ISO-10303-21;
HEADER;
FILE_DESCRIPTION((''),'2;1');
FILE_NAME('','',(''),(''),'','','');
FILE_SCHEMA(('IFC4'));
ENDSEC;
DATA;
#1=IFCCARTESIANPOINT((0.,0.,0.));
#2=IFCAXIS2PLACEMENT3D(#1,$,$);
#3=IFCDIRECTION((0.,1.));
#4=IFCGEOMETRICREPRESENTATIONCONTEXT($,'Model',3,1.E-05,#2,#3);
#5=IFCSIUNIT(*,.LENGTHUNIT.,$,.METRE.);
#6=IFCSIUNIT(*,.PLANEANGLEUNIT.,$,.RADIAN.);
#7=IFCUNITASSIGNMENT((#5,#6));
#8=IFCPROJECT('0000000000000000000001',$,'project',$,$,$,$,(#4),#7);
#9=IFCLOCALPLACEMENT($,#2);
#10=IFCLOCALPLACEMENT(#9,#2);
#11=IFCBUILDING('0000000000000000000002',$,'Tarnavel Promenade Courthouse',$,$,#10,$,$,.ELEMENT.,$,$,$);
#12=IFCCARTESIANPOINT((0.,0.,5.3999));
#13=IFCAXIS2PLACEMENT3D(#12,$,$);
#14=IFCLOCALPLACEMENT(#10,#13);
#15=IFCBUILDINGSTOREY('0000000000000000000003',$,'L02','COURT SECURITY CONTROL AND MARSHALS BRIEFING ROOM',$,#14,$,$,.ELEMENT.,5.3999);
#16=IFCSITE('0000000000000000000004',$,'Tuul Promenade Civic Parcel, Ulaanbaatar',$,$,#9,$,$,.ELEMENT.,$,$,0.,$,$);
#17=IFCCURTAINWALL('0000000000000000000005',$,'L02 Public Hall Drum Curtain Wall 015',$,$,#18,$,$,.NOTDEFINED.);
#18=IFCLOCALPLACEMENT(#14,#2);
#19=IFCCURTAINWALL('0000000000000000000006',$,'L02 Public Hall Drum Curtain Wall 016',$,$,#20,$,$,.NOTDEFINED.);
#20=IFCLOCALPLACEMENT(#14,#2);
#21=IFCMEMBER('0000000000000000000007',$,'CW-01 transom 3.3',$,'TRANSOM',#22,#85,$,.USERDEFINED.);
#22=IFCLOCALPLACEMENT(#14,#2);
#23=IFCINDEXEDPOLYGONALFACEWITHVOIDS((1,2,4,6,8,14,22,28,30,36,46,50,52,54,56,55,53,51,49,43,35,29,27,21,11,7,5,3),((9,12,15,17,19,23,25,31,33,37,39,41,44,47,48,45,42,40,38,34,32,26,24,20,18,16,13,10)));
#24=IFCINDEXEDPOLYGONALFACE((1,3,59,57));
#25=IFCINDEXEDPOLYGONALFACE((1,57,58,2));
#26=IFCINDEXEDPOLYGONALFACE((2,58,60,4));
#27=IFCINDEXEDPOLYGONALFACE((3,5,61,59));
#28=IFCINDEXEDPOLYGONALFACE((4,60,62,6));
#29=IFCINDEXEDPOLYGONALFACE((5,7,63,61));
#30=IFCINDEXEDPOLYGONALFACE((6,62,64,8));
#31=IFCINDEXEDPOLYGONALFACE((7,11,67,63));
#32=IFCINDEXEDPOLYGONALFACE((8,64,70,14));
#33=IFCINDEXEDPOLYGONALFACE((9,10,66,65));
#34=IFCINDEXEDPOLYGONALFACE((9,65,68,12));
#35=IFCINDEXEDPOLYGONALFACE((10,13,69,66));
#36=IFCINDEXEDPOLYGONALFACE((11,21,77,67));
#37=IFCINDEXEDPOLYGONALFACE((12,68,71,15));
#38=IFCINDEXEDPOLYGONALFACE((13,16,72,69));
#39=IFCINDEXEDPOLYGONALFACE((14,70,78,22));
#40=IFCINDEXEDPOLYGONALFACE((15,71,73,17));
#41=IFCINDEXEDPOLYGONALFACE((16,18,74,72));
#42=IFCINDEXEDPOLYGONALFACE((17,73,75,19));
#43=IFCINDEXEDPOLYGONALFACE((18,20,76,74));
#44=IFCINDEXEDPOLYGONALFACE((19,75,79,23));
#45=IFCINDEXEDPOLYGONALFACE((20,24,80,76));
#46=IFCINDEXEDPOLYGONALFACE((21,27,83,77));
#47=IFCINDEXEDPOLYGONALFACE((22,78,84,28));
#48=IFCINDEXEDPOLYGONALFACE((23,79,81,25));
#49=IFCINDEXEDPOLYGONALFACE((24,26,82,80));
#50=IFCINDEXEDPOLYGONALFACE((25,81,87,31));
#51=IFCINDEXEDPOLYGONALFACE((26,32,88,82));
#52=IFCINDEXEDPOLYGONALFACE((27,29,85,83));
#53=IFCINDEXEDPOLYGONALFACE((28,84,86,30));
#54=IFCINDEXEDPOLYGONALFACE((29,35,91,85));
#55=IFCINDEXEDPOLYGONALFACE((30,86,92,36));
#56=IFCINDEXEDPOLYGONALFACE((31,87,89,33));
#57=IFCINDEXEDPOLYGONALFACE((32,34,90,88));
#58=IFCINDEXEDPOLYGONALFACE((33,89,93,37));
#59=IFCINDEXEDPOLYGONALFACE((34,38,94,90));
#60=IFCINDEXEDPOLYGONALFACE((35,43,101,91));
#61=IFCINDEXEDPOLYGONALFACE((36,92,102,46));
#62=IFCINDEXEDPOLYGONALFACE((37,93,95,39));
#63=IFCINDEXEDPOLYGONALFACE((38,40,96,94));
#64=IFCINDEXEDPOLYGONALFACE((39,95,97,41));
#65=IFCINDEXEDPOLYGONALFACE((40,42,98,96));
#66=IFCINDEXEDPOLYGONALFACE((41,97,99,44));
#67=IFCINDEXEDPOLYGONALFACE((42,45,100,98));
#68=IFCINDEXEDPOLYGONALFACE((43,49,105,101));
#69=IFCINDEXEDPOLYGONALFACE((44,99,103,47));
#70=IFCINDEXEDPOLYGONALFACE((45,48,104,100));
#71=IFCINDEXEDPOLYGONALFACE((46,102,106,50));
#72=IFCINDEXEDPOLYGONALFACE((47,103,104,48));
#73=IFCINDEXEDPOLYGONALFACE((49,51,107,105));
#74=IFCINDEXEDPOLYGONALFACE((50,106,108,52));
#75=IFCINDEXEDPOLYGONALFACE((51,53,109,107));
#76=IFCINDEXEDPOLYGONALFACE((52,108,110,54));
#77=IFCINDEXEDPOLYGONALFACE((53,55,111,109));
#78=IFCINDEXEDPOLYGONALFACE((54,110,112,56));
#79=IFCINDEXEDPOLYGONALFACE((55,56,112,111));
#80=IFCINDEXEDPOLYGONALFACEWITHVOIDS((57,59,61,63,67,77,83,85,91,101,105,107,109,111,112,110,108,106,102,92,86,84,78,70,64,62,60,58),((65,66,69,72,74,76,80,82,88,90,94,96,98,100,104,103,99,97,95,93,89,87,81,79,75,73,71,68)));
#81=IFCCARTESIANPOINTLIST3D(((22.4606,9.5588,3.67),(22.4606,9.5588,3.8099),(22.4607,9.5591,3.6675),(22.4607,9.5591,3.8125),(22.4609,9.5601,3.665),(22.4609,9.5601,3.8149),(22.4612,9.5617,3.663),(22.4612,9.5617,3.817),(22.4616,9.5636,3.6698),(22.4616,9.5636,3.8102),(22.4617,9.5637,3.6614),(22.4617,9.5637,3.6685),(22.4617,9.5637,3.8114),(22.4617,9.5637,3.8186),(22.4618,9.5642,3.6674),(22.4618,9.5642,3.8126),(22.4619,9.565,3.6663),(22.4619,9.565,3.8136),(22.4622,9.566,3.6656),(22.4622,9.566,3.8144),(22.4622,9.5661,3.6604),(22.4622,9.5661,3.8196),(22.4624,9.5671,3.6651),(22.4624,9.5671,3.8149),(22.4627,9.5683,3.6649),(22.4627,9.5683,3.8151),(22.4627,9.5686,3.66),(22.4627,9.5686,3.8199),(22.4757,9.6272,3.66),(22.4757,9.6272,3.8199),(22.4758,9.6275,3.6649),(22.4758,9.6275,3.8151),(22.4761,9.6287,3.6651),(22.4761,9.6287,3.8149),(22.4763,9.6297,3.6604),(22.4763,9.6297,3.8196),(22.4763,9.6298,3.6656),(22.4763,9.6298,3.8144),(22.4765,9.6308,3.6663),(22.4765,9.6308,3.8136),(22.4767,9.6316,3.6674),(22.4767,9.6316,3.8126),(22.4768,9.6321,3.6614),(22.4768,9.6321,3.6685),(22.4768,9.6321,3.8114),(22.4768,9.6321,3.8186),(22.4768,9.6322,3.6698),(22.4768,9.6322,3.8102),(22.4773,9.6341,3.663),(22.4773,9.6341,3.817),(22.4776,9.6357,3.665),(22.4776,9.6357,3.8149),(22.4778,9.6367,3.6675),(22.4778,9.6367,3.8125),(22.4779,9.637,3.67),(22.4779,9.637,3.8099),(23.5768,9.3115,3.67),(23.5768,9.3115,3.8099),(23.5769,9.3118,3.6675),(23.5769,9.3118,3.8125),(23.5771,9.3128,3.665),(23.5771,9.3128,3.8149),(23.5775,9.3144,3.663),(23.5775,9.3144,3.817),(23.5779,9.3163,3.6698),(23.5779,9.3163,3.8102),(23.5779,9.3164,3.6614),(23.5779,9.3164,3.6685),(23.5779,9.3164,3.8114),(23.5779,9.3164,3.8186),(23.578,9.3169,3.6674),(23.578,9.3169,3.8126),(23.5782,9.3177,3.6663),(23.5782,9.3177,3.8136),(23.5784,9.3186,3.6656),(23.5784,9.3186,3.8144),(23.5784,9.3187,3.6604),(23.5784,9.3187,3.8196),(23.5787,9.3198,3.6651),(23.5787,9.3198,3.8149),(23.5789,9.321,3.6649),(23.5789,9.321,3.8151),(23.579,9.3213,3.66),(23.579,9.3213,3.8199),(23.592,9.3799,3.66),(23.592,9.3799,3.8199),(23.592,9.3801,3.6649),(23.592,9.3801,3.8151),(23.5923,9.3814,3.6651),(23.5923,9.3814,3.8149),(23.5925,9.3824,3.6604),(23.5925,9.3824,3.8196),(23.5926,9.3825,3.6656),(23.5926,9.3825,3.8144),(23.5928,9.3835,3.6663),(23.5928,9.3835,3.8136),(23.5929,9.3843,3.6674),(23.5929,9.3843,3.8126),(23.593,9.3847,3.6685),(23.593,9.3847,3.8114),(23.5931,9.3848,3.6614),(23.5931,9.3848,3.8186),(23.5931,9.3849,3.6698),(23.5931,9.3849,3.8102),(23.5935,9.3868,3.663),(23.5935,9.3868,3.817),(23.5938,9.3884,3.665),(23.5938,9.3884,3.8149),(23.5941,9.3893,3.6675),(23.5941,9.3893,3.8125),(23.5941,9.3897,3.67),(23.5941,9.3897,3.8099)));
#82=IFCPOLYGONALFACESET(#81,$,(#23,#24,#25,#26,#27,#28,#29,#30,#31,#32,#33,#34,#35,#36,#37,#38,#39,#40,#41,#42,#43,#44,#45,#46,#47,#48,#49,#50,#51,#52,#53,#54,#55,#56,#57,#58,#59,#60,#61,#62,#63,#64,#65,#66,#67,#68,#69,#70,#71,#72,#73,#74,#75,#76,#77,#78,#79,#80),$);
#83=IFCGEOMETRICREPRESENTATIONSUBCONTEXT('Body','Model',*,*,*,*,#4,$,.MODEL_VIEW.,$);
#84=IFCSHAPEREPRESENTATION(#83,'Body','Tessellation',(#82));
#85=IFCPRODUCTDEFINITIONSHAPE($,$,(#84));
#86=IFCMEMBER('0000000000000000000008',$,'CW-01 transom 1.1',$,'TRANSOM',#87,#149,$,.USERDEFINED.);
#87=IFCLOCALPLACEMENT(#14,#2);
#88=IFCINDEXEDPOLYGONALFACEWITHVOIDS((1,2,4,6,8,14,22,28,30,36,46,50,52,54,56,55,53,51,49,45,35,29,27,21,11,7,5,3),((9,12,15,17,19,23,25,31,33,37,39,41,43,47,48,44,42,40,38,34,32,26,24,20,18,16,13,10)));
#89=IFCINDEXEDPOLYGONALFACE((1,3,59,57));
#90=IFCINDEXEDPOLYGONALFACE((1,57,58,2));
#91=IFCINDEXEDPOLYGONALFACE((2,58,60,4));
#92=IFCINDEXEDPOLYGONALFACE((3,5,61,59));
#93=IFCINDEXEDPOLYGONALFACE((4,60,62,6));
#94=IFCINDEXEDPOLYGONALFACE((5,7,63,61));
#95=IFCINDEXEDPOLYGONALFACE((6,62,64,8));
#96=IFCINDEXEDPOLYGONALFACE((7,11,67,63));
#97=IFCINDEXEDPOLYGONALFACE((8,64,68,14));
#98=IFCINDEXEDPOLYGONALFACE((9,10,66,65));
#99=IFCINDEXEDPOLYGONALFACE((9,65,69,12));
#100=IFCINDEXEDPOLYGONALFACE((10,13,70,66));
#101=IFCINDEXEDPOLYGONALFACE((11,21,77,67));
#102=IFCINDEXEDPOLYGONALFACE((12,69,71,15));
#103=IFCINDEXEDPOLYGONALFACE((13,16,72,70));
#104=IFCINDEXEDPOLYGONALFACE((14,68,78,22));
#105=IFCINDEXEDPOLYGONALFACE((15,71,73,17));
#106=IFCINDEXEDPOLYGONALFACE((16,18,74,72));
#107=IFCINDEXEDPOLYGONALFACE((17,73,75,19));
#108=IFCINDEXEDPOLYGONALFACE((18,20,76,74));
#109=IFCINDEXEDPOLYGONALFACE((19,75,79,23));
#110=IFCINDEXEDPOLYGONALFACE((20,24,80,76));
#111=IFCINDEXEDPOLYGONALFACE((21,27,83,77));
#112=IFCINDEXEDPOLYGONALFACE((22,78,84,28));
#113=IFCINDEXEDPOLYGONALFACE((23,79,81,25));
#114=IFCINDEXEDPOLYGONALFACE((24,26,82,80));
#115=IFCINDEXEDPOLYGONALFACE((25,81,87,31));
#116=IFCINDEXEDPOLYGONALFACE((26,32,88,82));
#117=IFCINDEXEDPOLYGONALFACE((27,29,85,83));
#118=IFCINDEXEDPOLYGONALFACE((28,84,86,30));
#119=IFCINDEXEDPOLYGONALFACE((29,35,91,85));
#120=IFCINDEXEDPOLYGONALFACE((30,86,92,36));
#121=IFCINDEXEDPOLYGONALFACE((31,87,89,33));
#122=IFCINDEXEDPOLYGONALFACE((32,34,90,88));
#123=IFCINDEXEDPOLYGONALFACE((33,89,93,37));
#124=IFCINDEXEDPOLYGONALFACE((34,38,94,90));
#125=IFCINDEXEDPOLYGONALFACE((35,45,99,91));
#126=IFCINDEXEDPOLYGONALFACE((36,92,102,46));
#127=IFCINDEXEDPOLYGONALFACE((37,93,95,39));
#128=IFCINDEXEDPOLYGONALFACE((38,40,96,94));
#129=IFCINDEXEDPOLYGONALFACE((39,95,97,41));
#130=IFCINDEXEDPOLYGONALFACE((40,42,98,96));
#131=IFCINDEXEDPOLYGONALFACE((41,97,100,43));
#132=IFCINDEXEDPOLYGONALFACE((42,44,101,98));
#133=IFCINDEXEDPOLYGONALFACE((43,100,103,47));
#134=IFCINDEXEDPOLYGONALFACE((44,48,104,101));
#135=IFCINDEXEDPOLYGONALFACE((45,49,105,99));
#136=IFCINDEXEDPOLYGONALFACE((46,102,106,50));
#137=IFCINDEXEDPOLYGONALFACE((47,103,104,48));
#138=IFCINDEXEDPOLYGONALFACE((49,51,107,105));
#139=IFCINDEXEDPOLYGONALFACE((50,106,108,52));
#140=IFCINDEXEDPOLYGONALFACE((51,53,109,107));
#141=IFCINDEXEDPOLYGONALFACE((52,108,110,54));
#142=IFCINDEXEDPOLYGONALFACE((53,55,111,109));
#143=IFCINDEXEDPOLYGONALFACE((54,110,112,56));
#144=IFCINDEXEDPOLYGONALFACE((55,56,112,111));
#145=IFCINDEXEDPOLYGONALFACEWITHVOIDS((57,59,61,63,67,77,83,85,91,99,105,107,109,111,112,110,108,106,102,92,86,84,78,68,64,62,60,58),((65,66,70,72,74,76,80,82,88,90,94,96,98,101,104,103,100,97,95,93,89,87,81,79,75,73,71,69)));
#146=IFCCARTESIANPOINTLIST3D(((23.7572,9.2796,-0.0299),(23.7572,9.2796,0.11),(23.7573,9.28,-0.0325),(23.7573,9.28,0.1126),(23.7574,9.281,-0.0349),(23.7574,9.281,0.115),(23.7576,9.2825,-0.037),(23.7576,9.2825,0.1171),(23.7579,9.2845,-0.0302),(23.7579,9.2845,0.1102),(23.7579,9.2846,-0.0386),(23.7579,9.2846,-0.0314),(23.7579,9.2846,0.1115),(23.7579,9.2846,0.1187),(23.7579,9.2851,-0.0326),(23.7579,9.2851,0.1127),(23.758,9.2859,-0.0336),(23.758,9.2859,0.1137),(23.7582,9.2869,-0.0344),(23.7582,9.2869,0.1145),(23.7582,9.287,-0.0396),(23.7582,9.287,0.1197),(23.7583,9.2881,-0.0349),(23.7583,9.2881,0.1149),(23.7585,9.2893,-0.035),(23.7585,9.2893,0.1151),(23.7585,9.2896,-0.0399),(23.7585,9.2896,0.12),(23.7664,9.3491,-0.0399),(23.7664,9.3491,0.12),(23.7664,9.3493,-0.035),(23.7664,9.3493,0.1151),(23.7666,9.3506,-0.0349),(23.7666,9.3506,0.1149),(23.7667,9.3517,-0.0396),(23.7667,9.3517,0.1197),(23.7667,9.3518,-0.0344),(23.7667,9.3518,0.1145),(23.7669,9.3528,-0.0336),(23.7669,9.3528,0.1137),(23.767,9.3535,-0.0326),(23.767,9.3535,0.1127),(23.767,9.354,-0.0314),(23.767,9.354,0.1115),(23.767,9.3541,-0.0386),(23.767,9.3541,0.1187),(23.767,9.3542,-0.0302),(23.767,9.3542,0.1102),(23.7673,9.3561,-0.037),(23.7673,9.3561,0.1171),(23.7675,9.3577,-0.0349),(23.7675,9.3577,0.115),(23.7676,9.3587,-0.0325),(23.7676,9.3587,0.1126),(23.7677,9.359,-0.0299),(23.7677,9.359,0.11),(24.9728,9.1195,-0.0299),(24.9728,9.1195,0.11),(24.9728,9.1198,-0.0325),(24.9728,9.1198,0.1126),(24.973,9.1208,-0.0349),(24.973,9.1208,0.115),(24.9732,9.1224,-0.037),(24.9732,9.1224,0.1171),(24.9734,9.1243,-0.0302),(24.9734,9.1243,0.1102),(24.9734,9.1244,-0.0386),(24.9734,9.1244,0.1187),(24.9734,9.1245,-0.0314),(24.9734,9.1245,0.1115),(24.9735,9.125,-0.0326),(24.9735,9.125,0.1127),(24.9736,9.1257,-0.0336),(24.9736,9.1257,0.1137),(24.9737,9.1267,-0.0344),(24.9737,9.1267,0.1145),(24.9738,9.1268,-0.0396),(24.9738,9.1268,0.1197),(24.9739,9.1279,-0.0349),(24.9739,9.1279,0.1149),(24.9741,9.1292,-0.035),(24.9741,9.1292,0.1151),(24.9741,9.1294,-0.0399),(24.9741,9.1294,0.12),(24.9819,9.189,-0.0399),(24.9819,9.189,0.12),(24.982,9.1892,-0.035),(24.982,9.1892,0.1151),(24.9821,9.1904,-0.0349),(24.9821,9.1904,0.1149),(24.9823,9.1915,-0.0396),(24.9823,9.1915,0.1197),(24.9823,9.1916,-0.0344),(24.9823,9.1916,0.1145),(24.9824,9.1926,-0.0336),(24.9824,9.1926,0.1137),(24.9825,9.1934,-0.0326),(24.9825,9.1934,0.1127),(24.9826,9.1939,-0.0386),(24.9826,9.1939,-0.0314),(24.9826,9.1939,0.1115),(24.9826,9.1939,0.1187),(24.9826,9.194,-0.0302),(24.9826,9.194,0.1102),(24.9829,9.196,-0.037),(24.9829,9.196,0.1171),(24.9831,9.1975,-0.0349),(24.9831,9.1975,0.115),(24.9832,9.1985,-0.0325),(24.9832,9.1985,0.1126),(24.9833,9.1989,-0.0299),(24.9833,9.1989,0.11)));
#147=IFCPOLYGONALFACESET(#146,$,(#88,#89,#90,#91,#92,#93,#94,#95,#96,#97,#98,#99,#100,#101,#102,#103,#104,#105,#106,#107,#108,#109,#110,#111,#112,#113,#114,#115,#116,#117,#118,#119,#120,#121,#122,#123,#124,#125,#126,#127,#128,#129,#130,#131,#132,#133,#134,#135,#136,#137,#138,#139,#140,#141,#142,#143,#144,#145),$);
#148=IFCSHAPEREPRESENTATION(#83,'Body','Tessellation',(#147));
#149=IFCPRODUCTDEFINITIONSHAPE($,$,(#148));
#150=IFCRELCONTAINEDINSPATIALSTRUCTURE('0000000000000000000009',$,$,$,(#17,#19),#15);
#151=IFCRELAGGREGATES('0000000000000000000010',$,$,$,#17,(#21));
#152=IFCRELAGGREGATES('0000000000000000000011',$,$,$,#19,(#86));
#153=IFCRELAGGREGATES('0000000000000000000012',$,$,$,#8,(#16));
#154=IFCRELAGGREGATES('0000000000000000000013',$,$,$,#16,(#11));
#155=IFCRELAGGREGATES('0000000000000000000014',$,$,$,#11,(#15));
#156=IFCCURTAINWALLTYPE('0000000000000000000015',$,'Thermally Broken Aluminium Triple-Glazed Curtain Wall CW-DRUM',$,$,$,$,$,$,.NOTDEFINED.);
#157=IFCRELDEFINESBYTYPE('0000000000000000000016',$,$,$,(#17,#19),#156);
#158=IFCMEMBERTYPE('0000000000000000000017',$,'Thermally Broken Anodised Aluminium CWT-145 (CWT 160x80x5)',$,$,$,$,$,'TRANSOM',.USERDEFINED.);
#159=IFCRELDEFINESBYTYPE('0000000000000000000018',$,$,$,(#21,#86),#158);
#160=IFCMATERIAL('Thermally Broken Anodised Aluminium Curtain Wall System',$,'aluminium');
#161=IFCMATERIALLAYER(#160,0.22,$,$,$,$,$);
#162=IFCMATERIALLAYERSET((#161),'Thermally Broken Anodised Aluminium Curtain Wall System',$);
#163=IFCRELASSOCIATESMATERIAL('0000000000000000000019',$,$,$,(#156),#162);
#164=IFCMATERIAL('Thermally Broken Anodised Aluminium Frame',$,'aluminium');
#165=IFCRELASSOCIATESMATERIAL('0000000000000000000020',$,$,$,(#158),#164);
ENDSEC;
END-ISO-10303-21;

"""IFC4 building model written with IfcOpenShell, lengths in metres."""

from ifc_helpers import new_model, si_unit, direction, frame, origin, origin_2d, place, context, subcontext, project, spatial, hollow_rectangle, extrude, material, layer, layer_set, material_profile, profile_set, type_object, element, aggregate, save


model = new_model("IFC4")

# Units and contexts
model_context = context("Model", 3, precision=1e-05, world=origin(), true_north=direction((0.0, 1.0)))
body_context = subcontext(model_context, "Body", "Model", "MODEL_VIEW")
ifc_project = project(units=[si_unit("LENGTHUNIT", "METRE"), si_unit("PLANEANGLEUNIT", "RADIAN")], contexts=[model_context])

# Site, building, storey
site_placement = place(None, origin())
site = spatial("IfcSite", under=ifc_project, at=site_placement, Name="Tuul Promenade Civic Parcel, Ulaanbaatar", CompositionType="ELEMENT", RefElevation=0.0)
building_placement = place(site_placement, origin())
building = spatial("IfcBuilding", under=site, at=building_placement, Name="Tarnavel Promenade Courthouse", CompositionType="ELEMENT")
storey_placement = place(building_placement, frame((0.0, 0.0, 5.3999)))
storey = spatial("IfcBuildingStorey", under=building, at=storey_placement, Name="L02", Description="COURT SECURITY CONTROL AND MARSHALS BRIEFING ROOM", CompositionType="ELEMENT", Elevation=5.3999)

# Curtain walls
ifc_material_1 = material(Name="Thermally Broken Anodised Aluminium Curtain Wall System", Category="aluminium")
ifc_layer_1 = layer(ifc_material_1, 0.22)
ifc_layer_set_1 = layer_set([ifc_layer_1], Name="Thermally Broken Anodised Aluminium Curtain Wall System")
curtain_wall_type = type_object("IfcCurtainWallType", Name="Thermally Broken Aluminium Triple-Glazed Curtain Wall CW-DRUM", PredefinedType="NOTDEFINED", material=ifc_layer_set_1)
curtain_wall_1_placement = place(storey_placement, origin())
curtain_wall_1 = element("IfcCurtainWall", 1, at=curtain_wall_1_placement, inside=storey, type_object=curtain_wall_type, Name="L02 Public Hall Drum Curtain Wall 015", PredefinedType="NOTDEFINED")
ifc_material_2 = material(Name="Thermally Broken Anodised Aluminium Frame", Category="aluminium")
curtain_wall_2_placement = place(storey_placement, origin())
curtain_wall_2 = element("IfcCurtainWall", 2, at=curtain_wall_2_placement, inside=storey, type_object=curtain_wall_type, Name="L02 Public Hall Drum Curtain Wall 016", PredefinedType="NOTDEFINED")

# Members
ifc_material_profile_1 = material_profile(ifc_material_2, hollow_rectangle(XDim=0.0801, YDim=0.1599, WallThickness=0.0049, InnerFilletRadius=0.0049, OuterFilletRadius=0.01, at=origin_2d()), Name="CWT 160x80x5")
ifc_profile_set_1 = profile_set([ifc_material_profile_1], Name="Thermally Broken Anodised Aluminium Frame")
member_type_1 = type_object("IfcMemberType", Name="Thermally Broken Anodised Aluminium CWT-145 (CWT 160x80x5)", ElementType="TRANSOM", PredefinedType="USERDEFINED", material=ifc_profile_set_1)
member_1_placement = place(storey_placement, frame((22.4692, 9.5979, 3.74), z_axis=(0.976323, -0.21632, 0.0), x_axis=(0.21632, 0.976323, 0.0)))
member_1 = element("IfcMember", 3, at=member_1_placement, type_object=member_type_1, Name="CW-01 transom 3.3", ObjectType="TRANSOM", PredefinedType="USERDEFINED", context=body_context, shape_type="SweptSolid", body=[
    extrude(hollow_rectangle(XDim=0.0801, YDim=0.1599, WallThickness=0.0049, InnerFilletRadius=0.0049, OuterFilletRadius=0.01, at=origin_2d()), origin(), (0.0, 0.0, 1.0), 1.1433),
])
member_2_placement = place(storey_placement, frame((23.7625, 9.3193, 0.04), z_axis=(0.991432, -0.130624, 0.0), x_axis=(0.130624, 0.991432, 0.0)))
member_2 = element("IfcMember", 4, at=member_2_placement, type_object=member_type_1, Name="CW-01 transom 1.1", ObjectType="TRANSOM", PredefinedType="USERDEFINED", context=body_context, shape_type="SweptSolid", body=[
    extrude(hollow_rectangle(XDim=0.0801, YDim=0.1599, WallThickness=0.0049, InnerFilletRadius=0.0049, OuterFilletRadius=0.01, at=origin_2d()), origin(), (0.0, 0.0, 1.0), 1.2261),
])

aggregate(curtain_wall_1, [member_1])
aggregate(curtain_wall_2, [member_2])

save(model, "model.ifc")
